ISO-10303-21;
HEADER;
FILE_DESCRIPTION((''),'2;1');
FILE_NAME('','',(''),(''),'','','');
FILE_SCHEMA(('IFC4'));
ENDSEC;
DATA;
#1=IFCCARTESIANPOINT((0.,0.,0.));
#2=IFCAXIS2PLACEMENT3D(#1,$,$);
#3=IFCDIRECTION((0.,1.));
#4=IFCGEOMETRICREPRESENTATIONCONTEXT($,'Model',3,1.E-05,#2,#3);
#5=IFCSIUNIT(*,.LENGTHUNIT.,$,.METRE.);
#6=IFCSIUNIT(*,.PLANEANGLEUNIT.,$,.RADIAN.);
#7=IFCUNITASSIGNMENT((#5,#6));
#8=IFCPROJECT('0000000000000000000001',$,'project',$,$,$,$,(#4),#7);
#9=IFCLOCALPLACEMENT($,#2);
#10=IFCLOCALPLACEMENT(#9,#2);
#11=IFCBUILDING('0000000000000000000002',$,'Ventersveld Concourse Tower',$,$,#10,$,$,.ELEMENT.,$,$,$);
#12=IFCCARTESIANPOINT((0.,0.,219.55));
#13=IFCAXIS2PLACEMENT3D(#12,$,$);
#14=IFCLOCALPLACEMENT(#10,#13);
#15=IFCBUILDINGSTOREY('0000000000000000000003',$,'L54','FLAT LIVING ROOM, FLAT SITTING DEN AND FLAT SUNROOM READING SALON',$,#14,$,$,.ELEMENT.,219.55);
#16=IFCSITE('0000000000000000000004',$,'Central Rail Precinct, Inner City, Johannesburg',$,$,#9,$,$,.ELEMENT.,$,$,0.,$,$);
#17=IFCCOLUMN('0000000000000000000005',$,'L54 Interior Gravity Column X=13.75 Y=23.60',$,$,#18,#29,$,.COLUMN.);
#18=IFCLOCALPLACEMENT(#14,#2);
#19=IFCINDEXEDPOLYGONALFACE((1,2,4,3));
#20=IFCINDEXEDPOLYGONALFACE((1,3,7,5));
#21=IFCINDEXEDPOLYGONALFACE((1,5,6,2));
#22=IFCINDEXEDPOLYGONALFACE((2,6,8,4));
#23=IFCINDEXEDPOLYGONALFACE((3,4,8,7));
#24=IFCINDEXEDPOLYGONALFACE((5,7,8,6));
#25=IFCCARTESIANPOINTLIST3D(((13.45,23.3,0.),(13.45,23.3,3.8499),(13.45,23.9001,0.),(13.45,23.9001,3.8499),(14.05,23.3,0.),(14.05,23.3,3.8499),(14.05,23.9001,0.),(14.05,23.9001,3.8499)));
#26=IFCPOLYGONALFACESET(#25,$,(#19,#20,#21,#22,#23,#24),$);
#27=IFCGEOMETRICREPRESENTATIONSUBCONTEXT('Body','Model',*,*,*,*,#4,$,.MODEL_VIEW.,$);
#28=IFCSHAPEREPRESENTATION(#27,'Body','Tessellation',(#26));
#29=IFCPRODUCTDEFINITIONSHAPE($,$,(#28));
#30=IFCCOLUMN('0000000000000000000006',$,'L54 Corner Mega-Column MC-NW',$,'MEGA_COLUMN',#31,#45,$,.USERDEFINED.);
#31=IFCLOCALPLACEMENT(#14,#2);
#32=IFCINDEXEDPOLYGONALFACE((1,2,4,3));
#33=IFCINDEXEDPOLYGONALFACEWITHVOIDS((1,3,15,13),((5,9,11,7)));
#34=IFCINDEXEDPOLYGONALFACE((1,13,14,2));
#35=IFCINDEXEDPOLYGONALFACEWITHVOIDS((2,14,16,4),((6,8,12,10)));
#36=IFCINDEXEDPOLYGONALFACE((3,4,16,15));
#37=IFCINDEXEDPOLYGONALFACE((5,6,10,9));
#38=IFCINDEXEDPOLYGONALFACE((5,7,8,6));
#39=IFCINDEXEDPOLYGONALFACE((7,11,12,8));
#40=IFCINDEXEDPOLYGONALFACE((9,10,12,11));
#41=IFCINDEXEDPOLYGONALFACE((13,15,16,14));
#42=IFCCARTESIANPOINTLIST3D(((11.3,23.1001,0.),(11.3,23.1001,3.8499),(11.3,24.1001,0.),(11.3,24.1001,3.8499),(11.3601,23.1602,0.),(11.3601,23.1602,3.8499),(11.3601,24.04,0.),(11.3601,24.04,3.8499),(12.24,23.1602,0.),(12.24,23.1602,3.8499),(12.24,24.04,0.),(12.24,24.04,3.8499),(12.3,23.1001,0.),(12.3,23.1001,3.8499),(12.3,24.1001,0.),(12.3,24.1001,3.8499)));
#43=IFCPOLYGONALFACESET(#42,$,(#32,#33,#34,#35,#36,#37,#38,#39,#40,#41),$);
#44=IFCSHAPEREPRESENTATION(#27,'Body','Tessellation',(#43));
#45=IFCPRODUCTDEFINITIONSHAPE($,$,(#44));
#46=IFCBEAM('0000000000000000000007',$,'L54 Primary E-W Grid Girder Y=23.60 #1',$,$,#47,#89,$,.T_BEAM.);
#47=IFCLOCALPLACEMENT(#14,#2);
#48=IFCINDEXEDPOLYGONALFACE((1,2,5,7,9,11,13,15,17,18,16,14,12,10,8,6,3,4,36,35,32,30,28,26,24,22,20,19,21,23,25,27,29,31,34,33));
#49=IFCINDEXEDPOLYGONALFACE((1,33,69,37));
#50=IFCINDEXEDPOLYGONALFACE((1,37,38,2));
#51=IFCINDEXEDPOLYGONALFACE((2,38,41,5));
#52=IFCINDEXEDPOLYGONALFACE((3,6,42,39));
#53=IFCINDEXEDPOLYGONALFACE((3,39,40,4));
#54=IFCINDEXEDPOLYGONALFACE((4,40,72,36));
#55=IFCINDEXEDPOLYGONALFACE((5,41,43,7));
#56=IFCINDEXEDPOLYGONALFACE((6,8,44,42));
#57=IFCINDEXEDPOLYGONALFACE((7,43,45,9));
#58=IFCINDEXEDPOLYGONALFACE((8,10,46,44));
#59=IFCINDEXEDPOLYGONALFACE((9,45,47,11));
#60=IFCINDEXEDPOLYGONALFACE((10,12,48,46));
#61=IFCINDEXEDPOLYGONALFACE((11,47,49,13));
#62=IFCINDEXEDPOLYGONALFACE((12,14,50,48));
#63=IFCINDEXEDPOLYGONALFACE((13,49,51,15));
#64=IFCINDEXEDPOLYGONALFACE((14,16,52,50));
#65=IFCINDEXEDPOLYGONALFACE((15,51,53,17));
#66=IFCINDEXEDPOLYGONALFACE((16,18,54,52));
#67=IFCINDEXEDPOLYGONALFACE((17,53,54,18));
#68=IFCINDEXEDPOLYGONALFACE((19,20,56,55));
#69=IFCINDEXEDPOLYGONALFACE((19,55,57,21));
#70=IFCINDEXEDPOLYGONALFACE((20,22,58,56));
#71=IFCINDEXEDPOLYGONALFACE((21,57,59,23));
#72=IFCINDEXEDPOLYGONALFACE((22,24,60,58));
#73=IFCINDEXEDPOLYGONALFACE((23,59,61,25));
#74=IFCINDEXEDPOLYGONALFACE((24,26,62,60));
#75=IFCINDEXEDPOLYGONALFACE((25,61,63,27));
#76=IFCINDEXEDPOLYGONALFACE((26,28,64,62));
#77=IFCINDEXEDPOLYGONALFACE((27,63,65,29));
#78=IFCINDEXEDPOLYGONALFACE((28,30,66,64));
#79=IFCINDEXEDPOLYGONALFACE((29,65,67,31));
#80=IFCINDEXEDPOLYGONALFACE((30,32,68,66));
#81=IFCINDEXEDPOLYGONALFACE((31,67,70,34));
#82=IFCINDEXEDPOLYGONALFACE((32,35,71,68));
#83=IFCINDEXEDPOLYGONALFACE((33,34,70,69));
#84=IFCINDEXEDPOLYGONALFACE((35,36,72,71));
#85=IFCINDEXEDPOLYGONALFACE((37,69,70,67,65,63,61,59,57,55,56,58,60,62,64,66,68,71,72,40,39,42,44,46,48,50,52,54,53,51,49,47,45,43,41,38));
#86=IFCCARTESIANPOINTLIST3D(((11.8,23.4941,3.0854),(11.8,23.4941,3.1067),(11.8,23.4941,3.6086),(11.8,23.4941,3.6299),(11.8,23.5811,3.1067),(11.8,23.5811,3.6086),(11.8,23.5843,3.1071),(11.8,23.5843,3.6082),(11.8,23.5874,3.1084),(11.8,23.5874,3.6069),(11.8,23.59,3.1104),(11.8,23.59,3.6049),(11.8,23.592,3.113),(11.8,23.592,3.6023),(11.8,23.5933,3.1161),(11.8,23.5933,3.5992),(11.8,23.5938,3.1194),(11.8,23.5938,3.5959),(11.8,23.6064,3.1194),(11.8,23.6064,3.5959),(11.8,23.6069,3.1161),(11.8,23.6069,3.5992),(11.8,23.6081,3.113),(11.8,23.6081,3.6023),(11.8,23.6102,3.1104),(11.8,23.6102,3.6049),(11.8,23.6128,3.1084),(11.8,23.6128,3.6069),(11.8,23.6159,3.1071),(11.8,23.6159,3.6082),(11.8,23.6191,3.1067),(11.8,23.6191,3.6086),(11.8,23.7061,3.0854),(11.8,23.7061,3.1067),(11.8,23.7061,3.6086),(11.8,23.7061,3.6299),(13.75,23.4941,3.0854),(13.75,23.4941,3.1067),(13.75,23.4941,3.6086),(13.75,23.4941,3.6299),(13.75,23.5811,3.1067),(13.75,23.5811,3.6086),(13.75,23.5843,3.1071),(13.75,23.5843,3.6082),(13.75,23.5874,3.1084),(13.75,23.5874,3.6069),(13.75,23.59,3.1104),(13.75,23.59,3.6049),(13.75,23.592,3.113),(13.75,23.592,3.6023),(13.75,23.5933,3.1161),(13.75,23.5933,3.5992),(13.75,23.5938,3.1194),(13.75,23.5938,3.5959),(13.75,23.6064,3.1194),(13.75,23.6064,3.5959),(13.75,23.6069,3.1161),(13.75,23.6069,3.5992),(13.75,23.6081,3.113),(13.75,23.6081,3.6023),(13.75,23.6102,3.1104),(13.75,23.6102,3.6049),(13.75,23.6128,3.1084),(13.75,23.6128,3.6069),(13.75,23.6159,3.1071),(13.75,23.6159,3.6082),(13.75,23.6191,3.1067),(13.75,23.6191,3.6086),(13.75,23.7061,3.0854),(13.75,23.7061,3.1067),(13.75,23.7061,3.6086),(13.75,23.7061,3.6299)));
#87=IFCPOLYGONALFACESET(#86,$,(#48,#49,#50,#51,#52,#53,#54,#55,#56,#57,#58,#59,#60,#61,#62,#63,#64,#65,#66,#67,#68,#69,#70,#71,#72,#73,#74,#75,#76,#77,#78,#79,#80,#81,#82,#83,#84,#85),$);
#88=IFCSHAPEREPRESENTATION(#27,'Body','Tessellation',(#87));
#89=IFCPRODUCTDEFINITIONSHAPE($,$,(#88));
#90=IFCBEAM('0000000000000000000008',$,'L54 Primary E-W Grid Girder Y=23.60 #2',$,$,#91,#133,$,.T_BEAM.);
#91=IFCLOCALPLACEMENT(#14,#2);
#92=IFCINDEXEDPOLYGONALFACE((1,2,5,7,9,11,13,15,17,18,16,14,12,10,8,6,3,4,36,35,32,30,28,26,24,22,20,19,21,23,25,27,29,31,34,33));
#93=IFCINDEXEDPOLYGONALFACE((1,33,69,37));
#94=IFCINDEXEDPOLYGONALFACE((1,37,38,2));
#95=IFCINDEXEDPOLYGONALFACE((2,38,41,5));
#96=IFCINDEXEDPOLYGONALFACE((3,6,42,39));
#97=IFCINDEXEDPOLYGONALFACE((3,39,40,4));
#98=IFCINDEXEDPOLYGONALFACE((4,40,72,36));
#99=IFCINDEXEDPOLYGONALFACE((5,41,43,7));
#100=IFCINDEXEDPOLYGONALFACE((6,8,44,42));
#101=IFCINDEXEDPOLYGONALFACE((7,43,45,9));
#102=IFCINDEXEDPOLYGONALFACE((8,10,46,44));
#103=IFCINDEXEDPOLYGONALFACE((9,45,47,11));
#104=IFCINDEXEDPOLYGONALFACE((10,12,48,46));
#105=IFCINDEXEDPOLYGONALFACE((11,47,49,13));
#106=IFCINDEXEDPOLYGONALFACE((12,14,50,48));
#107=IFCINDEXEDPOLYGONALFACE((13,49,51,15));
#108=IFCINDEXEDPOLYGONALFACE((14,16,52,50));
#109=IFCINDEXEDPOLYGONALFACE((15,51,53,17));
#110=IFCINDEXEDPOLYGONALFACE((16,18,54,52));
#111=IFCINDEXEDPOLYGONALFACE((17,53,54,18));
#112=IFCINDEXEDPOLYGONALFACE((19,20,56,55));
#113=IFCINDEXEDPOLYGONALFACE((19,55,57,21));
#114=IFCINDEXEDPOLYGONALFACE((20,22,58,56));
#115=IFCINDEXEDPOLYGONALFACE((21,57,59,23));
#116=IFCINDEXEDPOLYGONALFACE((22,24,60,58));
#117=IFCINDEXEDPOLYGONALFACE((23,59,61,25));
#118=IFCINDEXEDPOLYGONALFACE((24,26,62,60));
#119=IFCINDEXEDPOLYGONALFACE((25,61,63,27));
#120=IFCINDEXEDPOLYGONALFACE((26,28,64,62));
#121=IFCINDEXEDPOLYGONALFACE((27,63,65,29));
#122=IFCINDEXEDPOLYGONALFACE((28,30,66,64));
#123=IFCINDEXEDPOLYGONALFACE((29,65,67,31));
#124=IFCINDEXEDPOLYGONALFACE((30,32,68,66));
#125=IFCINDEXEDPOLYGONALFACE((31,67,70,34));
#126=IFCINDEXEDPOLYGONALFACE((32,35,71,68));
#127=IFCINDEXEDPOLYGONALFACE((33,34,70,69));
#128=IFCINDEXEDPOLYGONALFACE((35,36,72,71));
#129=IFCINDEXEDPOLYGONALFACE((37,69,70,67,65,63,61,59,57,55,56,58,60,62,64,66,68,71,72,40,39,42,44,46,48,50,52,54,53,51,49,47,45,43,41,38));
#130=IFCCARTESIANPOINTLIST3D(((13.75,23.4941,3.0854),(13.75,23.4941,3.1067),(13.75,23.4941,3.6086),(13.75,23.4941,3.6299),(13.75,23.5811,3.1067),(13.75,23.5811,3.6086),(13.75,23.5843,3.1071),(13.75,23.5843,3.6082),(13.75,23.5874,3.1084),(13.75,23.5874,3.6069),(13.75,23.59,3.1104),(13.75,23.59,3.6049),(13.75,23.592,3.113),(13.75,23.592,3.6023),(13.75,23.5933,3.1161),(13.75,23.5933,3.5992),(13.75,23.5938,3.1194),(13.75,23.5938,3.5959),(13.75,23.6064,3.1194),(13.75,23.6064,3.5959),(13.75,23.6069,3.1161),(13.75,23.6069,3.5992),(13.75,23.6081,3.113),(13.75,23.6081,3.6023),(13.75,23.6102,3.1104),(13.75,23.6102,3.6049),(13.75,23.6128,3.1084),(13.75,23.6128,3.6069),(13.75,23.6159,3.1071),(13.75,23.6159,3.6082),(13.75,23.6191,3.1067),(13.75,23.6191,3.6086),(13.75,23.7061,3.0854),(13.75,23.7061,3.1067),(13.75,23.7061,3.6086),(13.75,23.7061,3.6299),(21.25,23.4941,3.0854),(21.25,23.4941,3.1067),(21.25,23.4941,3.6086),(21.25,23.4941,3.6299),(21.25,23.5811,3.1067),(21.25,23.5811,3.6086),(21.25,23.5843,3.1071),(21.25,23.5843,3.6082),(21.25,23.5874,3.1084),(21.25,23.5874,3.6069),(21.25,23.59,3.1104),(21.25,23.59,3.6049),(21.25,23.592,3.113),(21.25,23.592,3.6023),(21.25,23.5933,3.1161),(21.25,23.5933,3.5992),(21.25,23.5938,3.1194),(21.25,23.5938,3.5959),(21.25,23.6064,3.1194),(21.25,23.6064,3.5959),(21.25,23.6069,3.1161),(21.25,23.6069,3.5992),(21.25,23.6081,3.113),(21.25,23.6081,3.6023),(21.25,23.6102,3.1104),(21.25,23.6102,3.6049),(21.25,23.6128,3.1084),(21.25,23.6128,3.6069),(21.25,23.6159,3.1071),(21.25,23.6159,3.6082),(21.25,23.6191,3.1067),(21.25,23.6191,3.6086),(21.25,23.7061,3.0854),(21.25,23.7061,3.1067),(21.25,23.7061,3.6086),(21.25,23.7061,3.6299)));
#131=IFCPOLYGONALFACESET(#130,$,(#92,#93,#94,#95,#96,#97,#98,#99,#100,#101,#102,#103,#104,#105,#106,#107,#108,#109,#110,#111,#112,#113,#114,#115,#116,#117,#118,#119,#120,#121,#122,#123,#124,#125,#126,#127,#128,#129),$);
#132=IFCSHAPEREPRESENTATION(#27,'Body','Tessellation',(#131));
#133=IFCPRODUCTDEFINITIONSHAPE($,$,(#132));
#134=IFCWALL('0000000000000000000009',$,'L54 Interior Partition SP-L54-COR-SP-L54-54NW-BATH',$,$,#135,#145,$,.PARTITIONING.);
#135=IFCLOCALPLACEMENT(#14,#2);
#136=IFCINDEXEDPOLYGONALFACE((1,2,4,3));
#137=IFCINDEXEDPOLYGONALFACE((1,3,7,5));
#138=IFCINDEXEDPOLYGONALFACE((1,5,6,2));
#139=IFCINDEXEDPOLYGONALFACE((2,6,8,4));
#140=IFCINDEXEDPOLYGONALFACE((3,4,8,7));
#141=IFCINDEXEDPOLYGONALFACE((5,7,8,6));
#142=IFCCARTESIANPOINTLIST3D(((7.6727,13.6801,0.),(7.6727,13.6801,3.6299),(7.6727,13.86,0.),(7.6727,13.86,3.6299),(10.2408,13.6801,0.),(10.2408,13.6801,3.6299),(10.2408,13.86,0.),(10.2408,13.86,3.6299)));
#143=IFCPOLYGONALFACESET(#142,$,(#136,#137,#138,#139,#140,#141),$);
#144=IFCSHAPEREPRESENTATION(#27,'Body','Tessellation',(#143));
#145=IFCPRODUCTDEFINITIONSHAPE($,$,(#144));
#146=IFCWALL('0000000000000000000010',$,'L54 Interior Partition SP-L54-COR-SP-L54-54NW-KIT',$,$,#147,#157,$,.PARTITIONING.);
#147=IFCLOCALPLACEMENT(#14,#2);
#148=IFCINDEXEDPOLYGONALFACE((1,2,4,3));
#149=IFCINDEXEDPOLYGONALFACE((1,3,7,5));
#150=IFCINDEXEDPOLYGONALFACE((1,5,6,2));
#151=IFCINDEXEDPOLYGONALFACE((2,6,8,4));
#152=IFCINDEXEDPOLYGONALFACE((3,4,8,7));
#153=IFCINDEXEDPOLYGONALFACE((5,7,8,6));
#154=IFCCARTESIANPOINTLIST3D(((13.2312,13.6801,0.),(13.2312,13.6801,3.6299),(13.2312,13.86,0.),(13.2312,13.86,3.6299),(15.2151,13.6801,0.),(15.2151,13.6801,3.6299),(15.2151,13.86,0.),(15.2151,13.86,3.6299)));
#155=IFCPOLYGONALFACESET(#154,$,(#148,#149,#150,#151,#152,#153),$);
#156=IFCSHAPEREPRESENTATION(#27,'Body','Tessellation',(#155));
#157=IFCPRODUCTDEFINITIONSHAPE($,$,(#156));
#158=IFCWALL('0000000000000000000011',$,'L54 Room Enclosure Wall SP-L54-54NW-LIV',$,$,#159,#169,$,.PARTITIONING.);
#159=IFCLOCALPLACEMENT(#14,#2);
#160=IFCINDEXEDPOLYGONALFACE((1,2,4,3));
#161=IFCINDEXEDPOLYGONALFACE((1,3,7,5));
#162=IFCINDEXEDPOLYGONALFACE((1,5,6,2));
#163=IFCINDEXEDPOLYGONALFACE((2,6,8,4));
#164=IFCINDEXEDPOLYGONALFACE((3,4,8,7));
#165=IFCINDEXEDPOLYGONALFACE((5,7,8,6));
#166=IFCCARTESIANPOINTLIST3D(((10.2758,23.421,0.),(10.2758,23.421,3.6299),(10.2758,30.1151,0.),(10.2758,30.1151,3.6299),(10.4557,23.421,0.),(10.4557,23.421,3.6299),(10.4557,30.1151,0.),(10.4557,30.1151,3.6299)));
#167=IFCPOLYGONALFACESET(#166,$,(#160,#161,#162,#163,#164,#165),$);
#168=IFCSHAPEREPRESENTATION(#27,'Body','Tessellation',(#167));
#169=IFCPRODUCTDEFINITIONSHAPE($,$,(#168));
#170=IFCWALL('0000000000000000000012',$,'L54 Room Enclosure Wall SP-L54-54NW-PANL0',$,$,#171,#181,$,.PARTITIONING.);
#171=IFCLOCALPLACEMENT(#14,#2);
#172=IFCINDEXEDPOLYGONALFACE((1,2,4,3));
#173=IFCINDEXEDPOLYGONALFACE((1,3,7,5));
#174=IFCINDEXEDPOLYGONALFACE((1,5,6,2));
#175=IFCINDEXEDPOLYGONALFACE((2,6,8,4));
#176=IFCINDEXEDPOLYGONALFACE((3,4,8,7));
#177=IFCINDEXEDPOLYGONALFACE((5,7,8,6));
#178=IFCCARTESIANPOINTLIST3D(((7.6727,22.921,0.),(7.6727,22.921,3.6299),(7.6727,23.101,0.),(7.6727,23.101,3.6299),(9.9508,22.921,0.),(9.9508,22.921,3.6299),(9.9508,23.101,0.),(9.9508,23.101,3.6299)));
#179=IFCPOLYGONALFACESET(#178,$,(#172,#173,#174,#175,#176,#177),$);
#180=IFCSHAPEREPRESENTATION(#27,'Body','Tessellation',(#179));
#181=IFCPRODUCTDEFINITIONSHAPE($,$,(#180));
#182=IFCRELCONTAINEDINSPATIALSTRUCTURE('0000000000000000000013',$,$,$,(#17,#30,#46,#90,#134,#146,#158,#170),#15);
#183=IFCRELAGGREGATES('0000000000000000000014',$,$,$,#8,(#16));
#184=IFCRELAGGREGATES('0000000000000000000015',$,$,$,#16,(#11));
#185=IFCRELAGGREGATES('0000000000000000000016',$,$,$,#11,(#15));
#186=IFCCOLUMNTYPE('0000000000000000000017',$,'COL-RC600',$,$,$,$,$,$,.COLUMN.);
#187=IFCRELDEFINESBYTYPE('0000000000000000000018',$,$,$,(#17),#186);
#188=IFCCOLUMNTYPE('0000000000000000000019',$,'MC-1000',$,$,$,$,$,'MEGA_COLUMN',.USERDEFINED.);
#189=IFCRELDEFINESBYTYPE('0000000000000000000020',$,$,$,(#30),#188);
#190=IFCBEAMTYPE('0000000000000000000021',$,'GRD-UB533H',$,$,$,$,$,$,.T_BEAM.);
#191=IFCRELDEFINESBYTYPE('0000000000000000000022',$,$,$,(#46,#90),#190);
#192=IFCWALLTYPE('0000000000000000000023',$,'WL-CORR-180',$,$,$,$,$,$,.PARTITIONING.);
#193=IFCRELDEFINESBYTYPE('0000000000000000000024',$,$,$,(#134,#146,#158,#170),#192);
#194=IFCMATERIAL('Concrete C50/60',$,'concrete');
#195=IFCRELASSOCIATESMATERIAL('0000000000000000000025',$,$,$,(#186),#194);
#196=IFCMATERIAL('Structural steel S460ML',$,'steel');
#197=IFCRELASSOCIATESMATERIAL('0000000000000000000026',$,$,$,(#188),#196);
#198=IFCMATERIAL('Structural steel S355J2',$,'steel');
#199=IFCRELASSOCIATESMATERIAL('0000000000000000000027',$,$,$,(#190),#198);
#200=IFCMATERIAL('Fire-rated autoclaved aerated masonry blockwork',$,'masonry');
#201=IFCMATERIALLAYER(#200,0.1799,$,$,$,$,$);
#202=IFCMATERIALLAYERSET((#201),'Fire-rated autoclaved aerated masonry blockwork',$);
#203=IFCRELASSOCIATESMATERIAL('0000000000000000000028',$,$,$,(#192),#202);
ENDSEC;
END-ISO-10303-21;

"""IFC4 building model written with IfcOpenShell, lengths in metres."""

from ifc_helpers import new_model, si_unit, direction, frame, frame_2d, origin, origin_2d, place, context, subcontext, project, spatial, rectangle, hollow_rectangle, i_section, extrude, material, layer, layer_set, material_profile, profile_set, type_object, element, save


model = new_model("IFC4")

# Units and contexts
model_context = context("Model", 3, precision=1e-05, world=origin(), true_north=direction((0.0, 1.0)))
body_context = subcontext(model_context, "Body", "Model", "MODEL_VIEW")
ifc_project = project(units=[si_unit("LENGTHUNIT", "METRE"), si_unit("PLANEANGLEUNIT", "RADIAN")], contexts=[model_context])

# Site, building, storey
site_placement = place(None, origin())
site = spatial("IfcSite", under=ifc_project, at=site_placement, Name="Central Rail Precinct, Inner City, Johannesburg", CompositionType="ELEMENT", RefElevation=0.0)
building_placement = place(site_placement, origin())
building = spatial("IfcBuilding", under=site, at=building_placement, Name="Ventersveld Concourse Tower", CompositionType="ELEMENT")
storey_placement = place(building_placement, frame((0.0, 0.0, 219.55)))
storey = spatial("IfcBuildingStorey", under=building, at=storey_placement, Name="L54", Description="FLAT LIVING ROOM, FLAT SITTING DEN AND FLAT SUNROOM READING SALON", CompositionType="ELEMENT", Elevation=219.55)

# Columns
ifc_material_1 = material(Name="Concrete C50/60", Category="concrete")
ifc_material_profile_1 = material_profile(ifc_material_1, rectangle(XDim=0.6001, YDim=0.6001, at=origin_2d()), Name="RC 600x600")
ifc_profile_set_1 = profile_set([ifc_material_profile_1], Name="Concrete C50/60")
column_type_1 = type_object("IfcColumnType", Name="COL-RC600", PredefinedType="COLUMN", material=ifc_profile_set_1)
column_1_placement = place(storey_placement, frame((13.75, 23.6001, 0.0), z_axis=(0.0, 0.0, 1.0), x_axis=(1.0, 0.0, 0.0)))
element("IfcColumn", 1, at=column_1_placement, inside=storey, type_object=column_type_1, Name="L54 Interior Gravity Column X=13.75 Y=23.60", PredefinedType="COLUMN", context=body_context, shape_type="SweptSolid", body=[
    extrude(rectangle(XDim=0.6001, YDim=0.6001, at=origin_2d()), origin(), (0.0, 0.0, 1.0), 3.8499),
])
ifc_material_2 = material(Name="Structural steel S460ML", Category="steel")
ifc_material_profile_2 = material_profile(ifc_material_2, hollow_rectangle(XDim=1.0, YDim=1.0, WallThickness=0.0601, at=origin_2d()), Name="BOX 1000x1000x60")
ifc_profile_set_2 = profile_set([ifc_material_profile_2], Name="Structural steel S460ML")
column_type_2 = type_object("IfcColumnType", Name="MC-1000", ElementType="MEGA_COLUMN", PredefinedType="USERDEFINED", material=ifc_profile_set_2)
column_2_placement = place(storey_placement, frame((11.8, 23.6001, 0.0), z_axis=(0.0, 0.0, 1.0), x_axis=(1.0, 0.0, 0.0)))
element("IfcColumn", 2, at=column_2_placement, inside=storey, type_object=column_type_2, Name="L54 Corner Mega-Column MC-NW", ObjectType="MEGA_COLUMN", PredefinedType="USERDEFINED", context=body_context, shape_type="SweptSolid", body=[
    extrude(hollow_rectangle(XDim=1.0, YDim=1.0, WallThickness=0.0601, at=origin_2d()), origin(), (0.0, 0.0, 1.0), 3.8499),
])

# Beams
ifc_material_3 = material(Name="Structural steel S355J2", Category="steel")
ifc_material_profile_3 = material_profile(ifc_material_3, i_section(OverallWidth=0.2119, OverallDepth=0.5444, WebThickness=0.0127, FlangeThickness=0.0212, FilletRadius=0.0127, at=origin_2d()), Name="UB 533x210x122")
ifc_profile_set_3 = profile_set([ifc_material_profile_3], Name="Structural steel S355J2")
beam_type = type_object("IfcBeamType", Name="GRD-UB533H", PredefinedType="T_BEAM", material=ifc_profile_set_3)
beam_1_placement = place(storey_placement, frame((11.8, 23.6001, 3.3577), z_axis=(1.0, 0.0, 0.0), x_axis=(0.0, 1.0, 0.0)))
element("IfcBeam", 3, at=beam_1_placement, inside=storey, type_object=beam_type, Name="L54 Primary E-W Grid Girder Y=23.60 #1", PredefinedType="T_BEAM", context=body_context, shape_type="SweptSolid", body=[
    extrude(i_section(OverallWidth=0.2119, OverallDepth=0.5444, WebThickness=0.0127, FlangeThickness=0.0212, FilletRadius=0.0127, at=origin_2d()), origin(), (0.0, 0.0, 1.0), 1.95),
])
beam_2_placement = place(storey_placement, frame((13.75, 23.6001, 3.3577), z_axis=(1.0, 0.0, 0.0), x_axis=(0.0, 1.0, 0.0)))
element("IfcBeam", 4, at=beam_2_placement, inside=storey, type_object=beam_type, Name="L54 Primary E-W Grid Girder Y=23.60 #2", PredefinedType="T_BEAM", context=body_context, shape_type="SweptSolid", body=[
    extrude(i_section(OverallWidth=0.2119, OverallDepth=0.5444, WebThickness=0.0127, FlangeThickness=0.0212, FilletRadius=0.0127, at=origin_2d()), origin(), (0.0, 0.0, 1.0), 7.5),
])

# Shared definitions
ifc_material_4 = material(Name="Fire-rated autoclaved aerated masonry blockwork", Category="masonry")
ifc_layer_1 = layer(ifc_material_4, 0.1799)
ifc_layer_set_1 = layer_set([ifc_layer_1], Name="Fire-rated autoclaved aerated masonry blockwork")
wall_type_1 = type_object("IfcWallType", Name="WL-CORR-180", PredefinedType="PARTITIONING", material=ifc_layer_set_1)

# Walls
wall_1_placement = place(storey_placement, frame((7.6726, 13.77, 0.0), z_axis=(0.0, 0.0, 1.0), x_axis=(1.0, 0.0, 0.0)))
element("IfcWall", 5, at=wall_1_placement, inside=storey, type_object=wall_type_1, Name="L54 Interior Partition SP-L54-COR-SP-L54-54NW-BATH", PredefinedType="PARTITIONING", context=body_context, shape_type="SweptSolid", body=[
    extrude(rectangle(XDim=2.5681, YDim=0.1799, at=frame_2d((1.2842, 0.0))), origin(), (0.0, 0.0, 1.0), 3.6299),
])
wall_2_placement = place(storey_placement, frame((13.2312, 13.77, 0.0), z_axis=(0.0, 0.0, 1.0), x_axis=(1.0, 0.0, 0.0)))
element("IfcWall", 6, at=wall_2_placement, inside=storey, type_object=wall_type_1, Name="L54 Interior Partition SP-L54-COR-SP-L54-54NW-KIT", PredefinedType="PARTITIONING", context=body_context, shape_type="SweptSolid", body=[
    extrude(rectangle(XDim=1.9839, YDim=0.1799, at=frame_2d((0.9919, 0.0))), origin(), (0.0, 0.0, 1.0), 3.6299),
])
wall_3_placement = place(storey_placement, frame((10.3657, 23.4209, 0.0), z_axis=(0.0, 0.0, 1.0), x_axis=(0.0, 1.0, 0.0)))
element("IfcWall", 7, at=wall_3_placement, inside=storey, type_object=wall_type_1, Name="L54 Room Enclosure Wall SP-L54-54NW-LIV", PredefinedType="PARTITIONING", context=body_context, shape_type="SweptSolid", body=[
    extrude(rectangle(XDim=6.6941, YDim=0.1799, at=frame_2d((3.3472, 0.0))), origin(), (0.0, 0.0, 1.0), 3.6299),
])
wall_4_placement = place(storey_placement, frame((7.6726, 23.011, 0.0), z_axis=(0.0, 0.0, 1.0), x_axis=(1.0, 0.0, 0.0)))
element("IfcWall", 8, at=wall_4_placement, inside=storey, type_object=wall_type_1, Name="L54 Room Enclosure Wall SP-L54-54NW-PANL0", PredefinedType="PARTITIONING", context=body_context, shape_type="SweptSolid", body=[
    extrude(rectangle(XDim=2.2781, YDim=0.1799, at=frame_2d((1.1392, 0.0))), origin(), (0.0, 0.0, 1.0), 3.6299),
])

save(model, "model.ifc")
